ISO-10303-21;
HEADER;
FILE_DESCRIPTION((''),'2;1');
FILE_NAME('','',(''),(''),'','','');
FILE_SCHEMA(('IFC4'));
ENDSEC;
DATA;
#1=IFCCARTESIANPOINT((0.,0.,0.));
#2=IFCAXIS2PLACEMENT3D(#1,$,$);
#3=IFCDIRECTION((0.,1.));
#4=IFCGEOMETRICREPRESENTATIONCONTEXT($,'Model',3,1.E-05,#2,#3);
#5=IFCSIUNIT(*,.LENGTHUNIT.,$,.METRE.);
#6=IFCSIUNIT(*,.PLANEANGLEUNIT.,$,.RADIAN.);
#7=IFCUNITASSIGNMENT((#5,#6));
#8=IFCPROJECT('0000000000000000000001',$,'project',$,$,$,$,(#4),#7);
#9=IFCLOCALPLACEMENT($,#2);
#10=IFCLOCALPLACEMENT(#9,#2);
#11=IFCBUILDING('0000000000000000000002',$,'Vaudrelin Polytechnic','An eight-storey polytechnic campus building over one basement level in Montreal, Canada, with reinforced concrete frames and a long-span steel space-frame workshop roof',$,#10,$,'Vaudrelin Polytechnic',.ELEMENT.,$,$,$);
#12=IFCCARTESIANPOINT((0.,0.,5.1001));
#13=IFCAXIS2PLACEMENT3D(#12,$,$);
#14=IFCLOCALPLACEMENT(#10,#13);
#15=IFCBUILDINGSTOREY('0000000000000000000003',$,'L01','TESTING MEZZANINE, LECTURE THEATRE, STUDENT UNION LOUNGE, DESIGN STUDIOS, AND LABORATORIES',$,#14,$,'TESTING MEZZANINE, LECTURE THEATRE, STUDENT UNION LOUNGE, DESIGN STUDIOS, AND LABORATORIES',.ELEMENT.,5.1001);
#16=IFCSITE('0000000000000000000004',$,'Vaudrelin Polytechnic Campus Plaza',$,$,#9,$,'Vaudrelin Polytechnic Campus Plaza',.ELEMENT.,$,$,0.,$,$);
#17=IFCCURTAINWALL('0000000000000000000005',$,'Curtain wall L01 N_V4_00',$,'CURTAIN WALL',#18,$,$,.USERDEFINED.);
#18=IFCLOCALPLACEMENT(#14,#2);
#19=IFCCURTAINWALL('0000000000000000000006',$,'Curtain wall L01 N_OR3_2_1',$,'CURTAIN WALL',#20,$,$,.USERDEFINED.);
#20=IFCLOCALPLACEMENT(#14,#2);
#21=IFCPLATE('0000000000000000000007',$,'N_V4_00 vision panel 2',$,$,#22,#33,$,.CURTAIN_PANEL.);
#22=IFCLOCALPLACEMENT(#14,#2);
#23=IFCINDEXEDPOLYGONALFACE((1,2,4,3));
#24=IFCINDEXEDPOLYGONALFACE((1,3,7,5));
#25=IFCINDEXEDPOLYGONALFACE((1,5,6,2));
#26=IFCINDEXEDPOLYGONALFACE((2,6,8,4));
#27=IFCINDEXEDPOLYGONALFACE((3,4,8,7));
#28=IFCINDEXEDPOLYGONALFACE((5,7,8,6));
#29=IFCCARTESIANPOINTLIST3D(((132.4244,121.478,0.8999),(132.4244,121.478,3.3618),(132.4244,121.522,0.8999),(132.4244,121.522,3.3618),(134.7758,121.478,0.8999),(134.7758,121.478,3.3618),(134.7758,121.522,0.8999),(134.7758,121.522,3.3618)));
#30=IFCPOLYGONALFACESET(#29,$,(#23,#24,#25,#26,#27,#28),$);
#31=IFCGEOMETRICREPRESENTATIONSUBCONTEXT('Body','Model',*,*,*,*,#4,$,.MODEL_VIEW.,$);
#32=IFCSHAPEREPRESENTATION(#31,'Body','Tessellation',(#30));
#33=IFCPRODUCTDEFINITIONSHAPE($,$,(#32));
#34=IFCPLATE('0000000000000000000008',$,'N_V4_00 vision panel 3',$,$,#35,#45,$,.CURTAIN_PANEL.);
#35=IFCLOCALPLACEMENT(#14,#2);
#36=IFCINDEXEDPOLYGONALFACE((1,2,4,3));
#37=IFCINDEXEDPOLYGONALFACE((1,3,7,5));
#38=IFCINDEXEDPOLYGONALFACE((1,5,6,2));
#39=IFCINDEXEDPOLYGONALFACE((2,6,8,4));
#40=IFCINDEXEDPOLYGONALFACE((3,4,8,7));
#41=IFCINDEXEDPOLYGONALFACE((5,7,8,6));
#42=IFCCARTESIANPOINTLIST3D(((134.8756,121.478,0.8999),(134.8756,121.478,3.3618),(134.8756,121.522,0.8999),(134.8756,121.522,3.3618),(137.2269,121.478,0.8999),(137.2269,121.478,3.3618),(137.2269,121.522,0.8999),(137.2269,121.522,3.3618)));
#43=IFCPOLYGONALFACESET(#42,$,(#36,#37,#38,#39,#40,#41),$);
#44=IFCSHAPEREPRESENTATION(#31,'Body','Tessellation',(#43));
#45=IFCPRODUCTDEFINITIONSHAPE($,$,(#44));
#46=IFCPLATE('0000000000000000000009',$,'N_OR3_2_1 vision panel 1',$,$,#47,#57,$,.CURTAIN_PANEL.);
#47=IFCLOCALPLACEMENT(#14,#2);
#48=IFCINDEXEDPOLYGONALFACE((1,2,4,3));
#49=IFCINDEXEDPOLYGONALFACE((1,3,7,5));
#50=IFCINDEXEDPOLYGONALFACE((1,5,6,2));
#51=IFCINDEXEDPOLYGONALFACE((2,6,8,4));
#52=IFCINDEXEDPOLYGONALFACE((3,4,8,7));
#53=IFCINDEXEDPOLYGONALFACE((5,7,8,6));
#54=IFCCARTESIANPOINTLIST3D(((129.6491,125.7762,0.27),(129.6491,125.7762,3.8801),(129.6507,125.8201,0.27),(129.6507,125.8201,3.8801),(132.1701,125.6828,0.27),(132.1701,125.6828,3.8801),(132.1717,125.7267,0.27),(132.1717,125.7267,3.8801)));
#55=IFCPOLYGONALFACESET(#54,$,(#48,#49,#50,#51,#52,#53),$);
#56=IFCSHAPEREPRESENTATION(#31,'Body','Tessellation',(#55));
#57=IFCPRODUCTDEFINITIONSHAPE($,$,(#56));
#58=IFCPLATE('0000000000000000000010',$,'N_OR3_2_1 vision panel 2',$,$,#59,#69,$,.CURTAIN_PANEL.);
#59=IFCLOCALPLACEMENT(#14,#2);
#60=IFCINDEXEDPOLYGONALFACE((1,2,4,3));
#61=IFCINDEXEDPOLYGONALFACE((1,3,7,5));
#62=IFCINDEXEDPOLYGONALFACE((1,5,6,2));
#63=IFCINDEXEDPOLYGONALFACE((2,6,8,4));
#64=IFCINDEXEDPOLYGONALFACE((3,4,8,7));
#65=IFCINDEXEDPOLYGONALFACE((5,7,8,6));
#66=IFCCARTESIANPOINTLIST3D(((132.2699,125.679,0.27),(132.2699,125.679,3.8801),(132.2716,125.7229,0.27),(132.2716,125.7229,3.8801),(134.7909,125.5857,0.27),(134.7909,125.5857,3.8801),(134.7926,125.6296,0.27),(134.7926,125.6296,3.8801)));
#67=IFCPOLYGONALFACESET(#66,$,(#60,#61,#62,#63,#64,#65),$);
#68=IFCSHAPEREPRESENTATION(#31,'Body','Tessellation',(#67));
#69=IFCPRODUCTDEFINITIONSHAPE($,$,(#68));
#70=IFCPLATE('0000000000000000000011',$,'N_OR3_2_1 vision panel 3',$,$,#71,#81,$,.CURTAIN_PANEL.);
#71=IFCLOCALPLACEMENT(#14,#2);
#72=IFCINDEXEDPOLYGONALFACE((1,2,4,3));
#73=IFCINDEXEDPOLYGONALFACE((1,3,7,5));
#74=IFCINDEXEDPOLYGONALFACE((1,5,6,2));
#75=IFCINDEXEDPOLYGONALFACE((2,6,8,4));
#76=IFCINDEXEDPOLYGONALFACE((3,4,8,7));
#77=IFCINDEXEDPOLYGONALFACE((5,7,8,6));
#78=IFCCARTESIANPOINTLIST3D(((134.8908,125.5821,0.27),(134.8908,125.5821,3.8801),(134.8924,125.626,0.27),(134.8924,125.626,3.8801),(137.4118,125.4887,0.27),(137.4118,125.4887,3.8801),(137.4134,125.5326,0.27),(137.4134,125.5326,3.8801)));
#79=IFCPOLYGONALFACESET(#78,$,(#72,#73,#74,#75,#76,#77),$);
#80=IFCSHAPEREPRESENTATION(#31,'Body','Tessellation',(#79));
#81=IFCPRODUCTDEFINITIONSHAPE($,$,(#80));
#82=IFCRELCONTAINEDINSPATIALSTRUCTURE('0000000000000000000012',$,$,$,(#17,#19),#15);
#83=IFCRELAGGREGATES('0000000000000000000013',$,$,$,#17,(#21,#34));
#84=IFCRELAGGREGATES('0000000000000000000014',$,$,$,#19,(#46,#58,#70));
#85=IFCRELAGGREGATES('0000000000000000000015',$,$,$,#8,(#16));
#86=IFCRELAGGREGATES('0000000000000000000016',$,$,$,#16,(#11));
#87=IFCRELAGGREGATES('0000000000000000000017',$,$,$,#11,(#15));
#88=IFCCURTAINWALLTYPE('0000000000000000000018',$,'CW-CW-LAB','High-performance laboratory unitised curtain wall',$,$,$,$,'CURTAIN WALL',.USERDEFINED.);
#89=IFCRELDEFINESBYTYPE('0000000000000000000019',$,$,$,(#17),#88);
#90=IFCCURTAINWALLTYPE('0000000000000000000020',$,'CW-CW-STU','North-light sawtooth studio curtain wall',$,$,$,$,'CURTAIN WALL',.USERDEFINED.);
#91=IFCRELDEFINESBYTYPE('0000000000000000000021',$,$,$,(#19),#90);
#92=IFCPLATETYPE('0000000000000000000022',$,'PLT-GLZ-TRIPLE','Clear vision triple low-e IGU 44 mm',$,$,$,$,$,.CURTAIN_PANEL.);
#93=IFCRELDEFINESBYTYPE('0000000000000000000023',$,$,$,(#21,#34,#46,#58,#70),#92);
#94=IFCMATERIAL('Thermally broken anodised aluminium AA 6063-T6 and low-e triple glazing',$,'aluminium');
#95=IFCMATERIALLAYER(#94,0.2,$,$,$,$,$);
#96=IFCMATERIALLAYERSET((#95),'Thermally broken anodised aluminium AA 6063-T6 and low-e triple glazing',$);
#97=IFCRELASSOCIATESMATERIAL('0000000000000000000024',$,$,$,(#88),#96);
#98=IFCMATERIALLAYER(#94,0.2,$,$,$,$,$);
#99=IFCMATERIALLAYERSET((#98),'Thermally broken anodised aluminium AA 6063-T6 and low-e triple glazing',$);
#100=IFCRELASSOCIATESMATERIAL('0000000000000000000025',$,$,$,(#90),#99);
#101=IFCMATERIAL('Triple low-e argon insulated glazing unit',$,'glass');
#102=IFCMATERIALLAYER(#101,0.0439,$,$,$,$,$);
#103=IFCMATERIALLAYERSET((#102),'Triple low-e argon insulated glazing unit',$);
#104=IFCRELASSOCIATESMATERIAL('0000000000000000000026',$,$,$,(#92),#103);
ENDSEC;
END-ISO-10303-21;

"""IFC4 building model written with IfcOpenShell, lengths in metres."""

from ifc_helpers import new_model, si_unit, direction, frame, origin, origin_2d, place, context, subcontext, project, spatial, rectangle, extrude, material, layer, layer_set, type_object, element, aggregate, save


model = new_model("IFC4")

# Units and contexts
model_context = context("Model", 3, precision=1e-05, world=origin(), true_north=direction((0.0, 1.0)))
body_context = subcontext(model_context, "Body", "Model", "MODEL_VIEW")
ifc_project = project(units=[si_unit("LENGTHUNIT", "METRE"), si_unit("PLANEANGLEUNIT", "RADIAN")], contexts=[model_context])

# Site, building, storey
site_placement = place(None, origin())
site = spatial("IfcSite", under=ifc_project, at=site_placement, Name="Vaudrelin Polytechnic Campus Plaza", LongName="Vaudrelin Polytechnic Campus Plaza", CompositionType="ELEMENT", RefElevation=0.0)
building_placement = place(site_placement, origin())
building = spatial("IfcBuilding", under=site, at=building_placement, Name="Vaudrelin Polytechnic", Description="An eight-storey polytechnic campus building over one basement level in Montreal, Canada, with reinforced concrete frames and a long-span steel space-frame workshop roof", LongName="Vaudrelin Polytechnic", CompositionType="ELEMENT")
storey_placement = place(building_placement, frame((0.0, 0.0, 5.1001)))
storey = spatial("IfcBuildingStorey", under=building, at=storey_placement, Name="L01", Description="TESTING MEZZANINE, LECTURE THEATRE, STUDENT UNION LOUNGE, DESIGN STUDIOS, AND LABORATORIES", LongName="TESTING MEZZANINE, LECTURE THEATRE, STUDENT UNION LOUNGE, DESIGN STUDIOS, AND LABORATORIES", CompositionType="ELEMENT", Elevation=5.1001)

# Curtain walls
ifc_material_1 = material(Name="Thermally broken anodised aluminium AA 6063-T6 and low-e triple glazing", Category="aluminium")
ifc_layer_1 = layer(ifc_material_1, 0.2)
ifc_layer_set_1 = layer_set([ifc_layer_1], Name="Thermally broken anodised aluminium AA 6063-T6 and low-e triple glazing")
curtain_wall_type_1 = type_object("IfcCurtainWallType", Name="CW-CW-LAB", Description="High-performance laboratory unitised curtain wall", ElementType="CURTAIN WALL", PredefinedType="USERDEFINED", material=ifc_layer_set_1)
curtain_wall_1_placement = place(storey_placement, origin())
curtain_wall_1 = element("IfcCurtainWall", 1, at=curtain_wall_1_placement, inside=storey, type_object=curtain_wall_type_1, Name="Curtain wall L01 N_V4_00", ObjectType="CURTAIN WALL", PredefinedType="USERDEFINED")
ifc_layer_2 = layer(ifc_material_1, 0.2)
ifc_layer_set_2 = layer_set([ifc_layer_2], Name="Thermally broken anodised aluminium AA 6063-T6 and low-e triple glazing")
curtain_wall_type_2 = type_object("IfcCurtainWallType", Name="CW-CW-STU", Description="North-light sawtooth studio curtain wall", ElementType="CURTAIN WALL", PredefinedType="USERDEFINED", material=ifc_layer_set_2)
curtain_wall_2_placement = place(storey_placement, origin())
curtain_wall_2 = element("IfcCurtainWall", 2, at=curtain_wall_2_placement, inside=storey, type_object=curtain_wall_type_2, Name="Curtain wall L01 N_OR3_2_1", ObjectType="CURTAIN WALL", PredefinedType="USERDEFINED")

# Plates
ifc_material_2 = material(Name="Triple low-e argon insulated glazing unit", Category="glass")
ifc_layer_3 = layer(ifc_material_2, 0.0439)
ifc_layer_set_3 = layer_set([ifc_layer_3], Name="Triple low-e argon insulated glazing unit")
plate_type_1 = type_object("IfcPlateType", Name="PLT-GLZ-TRIPLE", Description="Clear vision triple low-e IGU 44 mm", PredefinedType="CURTAIN_PANEL", material=ifc_layer_set_3)
plate_1_placement = place(storey_placement, frame((133.6001, 121.5, 0.8999), z_axis=(0.0, 0.0, 1.0), x_axis=(1.0, 0.0, 0.0)))
plate_1 = element("IfcPlate", 3, at=plate_1_placement, type_object=plate_type_1, Name="N_V4_00 vision panel 2", PredefinedType="CURTAIN_PANEL", context=body_context, shape_type="SweptSolid", body=[
    extrude(rectangle(XDim=2.3513, YDim=0.0439, at=origin_2d()), origin(), (0.0, 0.0, 1.0), 2.4619),
])
plate_2_placement = place(storey_placement, frame((136.0513, 121.5, 0.8999), z_axis=(0.0, 0.0, 1.0), x_axis=(1.0, 0.0, 0.0)))
plate_2 = element("IfcPlate", 4, at=plate_2_placement, type_object=plate_type_1, Name="N_V4_00 vision panel 3", PredefinedType="CURTAIN_PANEL", context=body_context, shape_type="SweptSolid", body=[
    extrude(rectangle(XDim=2.3513, YDim=0.0439, at=origin_2d()), origin(), (0.0, 0.0, 1.0), 2.4619),
])
aggregate(curtain_wall_1, [plate_1, plate_2])
plate_3_placement = place(storey_placement, frame((130.9104, 125.7515, 0.27), z_axis=(0.0, 0.0, 1.0), x_axis=(0.999315, -0.037011, 0.0)))
plate_3 = element("IfcPlate", 5, at=plate_3_placement, type_object=plate_type_1, Name="N_OR3_2_1 vision panel 1", PredefinedType="CURTAIN_PANEL", context=body_context, shape_type="SweptSolid", body=[
    extrude(rectangle(XDim=2.5227, YDim=0.0439, at=origin_2d()), origin(), (0.0, 0.0, 1.0), 3.6101),
])
plate_4_placement = place(storey_placement, frame((133.5312, 125.6543, 0.27), z_axis=(0.0, 0.0, 1.0), x_axis=(0.999315, -0.037011, 0.0)))
plate_4 = element("IfcPlate", 6, at=plate_4_placement, type_object=plate_type_1, Name="N_OR3_2_1 vision panel 2", PredefinedType="CURTAIN_PANEL", context=body_context, shape_type="SweptSolid", body=[
    extrude(rectangle(XDim=2.5227, YDim=0.0439, at=origin_2d()), origin(), (0.0, 0.0, 1.0), 3.6101),
])
plate_5_placement = place(storey_placement, frame((136.1521, 125.5574, 0.27), z_axis=(0.0, 0.0, 1.0), x_axis=(0.999315, -0.037011, 0.0)))
plate_5 = element("IfcPlate", 7, at=plate_5_placement, type_object=plate_type_1, Name="N_OR3_2_1 vision panel 3", PredefinedType="CURTAIN_PANEL", context=body_context, shape_type="SweptSolid", body=[
    extrude(rectangle(XDim=2.5227, YDim=0.0439, at=origin_2d()), origin(), (0.0, 0.0, 1.0), 3.6101),
])
aggregate(curtain_wall_2, [plate_3, plate_4, plate_5])

save(model, "model.ifc")
